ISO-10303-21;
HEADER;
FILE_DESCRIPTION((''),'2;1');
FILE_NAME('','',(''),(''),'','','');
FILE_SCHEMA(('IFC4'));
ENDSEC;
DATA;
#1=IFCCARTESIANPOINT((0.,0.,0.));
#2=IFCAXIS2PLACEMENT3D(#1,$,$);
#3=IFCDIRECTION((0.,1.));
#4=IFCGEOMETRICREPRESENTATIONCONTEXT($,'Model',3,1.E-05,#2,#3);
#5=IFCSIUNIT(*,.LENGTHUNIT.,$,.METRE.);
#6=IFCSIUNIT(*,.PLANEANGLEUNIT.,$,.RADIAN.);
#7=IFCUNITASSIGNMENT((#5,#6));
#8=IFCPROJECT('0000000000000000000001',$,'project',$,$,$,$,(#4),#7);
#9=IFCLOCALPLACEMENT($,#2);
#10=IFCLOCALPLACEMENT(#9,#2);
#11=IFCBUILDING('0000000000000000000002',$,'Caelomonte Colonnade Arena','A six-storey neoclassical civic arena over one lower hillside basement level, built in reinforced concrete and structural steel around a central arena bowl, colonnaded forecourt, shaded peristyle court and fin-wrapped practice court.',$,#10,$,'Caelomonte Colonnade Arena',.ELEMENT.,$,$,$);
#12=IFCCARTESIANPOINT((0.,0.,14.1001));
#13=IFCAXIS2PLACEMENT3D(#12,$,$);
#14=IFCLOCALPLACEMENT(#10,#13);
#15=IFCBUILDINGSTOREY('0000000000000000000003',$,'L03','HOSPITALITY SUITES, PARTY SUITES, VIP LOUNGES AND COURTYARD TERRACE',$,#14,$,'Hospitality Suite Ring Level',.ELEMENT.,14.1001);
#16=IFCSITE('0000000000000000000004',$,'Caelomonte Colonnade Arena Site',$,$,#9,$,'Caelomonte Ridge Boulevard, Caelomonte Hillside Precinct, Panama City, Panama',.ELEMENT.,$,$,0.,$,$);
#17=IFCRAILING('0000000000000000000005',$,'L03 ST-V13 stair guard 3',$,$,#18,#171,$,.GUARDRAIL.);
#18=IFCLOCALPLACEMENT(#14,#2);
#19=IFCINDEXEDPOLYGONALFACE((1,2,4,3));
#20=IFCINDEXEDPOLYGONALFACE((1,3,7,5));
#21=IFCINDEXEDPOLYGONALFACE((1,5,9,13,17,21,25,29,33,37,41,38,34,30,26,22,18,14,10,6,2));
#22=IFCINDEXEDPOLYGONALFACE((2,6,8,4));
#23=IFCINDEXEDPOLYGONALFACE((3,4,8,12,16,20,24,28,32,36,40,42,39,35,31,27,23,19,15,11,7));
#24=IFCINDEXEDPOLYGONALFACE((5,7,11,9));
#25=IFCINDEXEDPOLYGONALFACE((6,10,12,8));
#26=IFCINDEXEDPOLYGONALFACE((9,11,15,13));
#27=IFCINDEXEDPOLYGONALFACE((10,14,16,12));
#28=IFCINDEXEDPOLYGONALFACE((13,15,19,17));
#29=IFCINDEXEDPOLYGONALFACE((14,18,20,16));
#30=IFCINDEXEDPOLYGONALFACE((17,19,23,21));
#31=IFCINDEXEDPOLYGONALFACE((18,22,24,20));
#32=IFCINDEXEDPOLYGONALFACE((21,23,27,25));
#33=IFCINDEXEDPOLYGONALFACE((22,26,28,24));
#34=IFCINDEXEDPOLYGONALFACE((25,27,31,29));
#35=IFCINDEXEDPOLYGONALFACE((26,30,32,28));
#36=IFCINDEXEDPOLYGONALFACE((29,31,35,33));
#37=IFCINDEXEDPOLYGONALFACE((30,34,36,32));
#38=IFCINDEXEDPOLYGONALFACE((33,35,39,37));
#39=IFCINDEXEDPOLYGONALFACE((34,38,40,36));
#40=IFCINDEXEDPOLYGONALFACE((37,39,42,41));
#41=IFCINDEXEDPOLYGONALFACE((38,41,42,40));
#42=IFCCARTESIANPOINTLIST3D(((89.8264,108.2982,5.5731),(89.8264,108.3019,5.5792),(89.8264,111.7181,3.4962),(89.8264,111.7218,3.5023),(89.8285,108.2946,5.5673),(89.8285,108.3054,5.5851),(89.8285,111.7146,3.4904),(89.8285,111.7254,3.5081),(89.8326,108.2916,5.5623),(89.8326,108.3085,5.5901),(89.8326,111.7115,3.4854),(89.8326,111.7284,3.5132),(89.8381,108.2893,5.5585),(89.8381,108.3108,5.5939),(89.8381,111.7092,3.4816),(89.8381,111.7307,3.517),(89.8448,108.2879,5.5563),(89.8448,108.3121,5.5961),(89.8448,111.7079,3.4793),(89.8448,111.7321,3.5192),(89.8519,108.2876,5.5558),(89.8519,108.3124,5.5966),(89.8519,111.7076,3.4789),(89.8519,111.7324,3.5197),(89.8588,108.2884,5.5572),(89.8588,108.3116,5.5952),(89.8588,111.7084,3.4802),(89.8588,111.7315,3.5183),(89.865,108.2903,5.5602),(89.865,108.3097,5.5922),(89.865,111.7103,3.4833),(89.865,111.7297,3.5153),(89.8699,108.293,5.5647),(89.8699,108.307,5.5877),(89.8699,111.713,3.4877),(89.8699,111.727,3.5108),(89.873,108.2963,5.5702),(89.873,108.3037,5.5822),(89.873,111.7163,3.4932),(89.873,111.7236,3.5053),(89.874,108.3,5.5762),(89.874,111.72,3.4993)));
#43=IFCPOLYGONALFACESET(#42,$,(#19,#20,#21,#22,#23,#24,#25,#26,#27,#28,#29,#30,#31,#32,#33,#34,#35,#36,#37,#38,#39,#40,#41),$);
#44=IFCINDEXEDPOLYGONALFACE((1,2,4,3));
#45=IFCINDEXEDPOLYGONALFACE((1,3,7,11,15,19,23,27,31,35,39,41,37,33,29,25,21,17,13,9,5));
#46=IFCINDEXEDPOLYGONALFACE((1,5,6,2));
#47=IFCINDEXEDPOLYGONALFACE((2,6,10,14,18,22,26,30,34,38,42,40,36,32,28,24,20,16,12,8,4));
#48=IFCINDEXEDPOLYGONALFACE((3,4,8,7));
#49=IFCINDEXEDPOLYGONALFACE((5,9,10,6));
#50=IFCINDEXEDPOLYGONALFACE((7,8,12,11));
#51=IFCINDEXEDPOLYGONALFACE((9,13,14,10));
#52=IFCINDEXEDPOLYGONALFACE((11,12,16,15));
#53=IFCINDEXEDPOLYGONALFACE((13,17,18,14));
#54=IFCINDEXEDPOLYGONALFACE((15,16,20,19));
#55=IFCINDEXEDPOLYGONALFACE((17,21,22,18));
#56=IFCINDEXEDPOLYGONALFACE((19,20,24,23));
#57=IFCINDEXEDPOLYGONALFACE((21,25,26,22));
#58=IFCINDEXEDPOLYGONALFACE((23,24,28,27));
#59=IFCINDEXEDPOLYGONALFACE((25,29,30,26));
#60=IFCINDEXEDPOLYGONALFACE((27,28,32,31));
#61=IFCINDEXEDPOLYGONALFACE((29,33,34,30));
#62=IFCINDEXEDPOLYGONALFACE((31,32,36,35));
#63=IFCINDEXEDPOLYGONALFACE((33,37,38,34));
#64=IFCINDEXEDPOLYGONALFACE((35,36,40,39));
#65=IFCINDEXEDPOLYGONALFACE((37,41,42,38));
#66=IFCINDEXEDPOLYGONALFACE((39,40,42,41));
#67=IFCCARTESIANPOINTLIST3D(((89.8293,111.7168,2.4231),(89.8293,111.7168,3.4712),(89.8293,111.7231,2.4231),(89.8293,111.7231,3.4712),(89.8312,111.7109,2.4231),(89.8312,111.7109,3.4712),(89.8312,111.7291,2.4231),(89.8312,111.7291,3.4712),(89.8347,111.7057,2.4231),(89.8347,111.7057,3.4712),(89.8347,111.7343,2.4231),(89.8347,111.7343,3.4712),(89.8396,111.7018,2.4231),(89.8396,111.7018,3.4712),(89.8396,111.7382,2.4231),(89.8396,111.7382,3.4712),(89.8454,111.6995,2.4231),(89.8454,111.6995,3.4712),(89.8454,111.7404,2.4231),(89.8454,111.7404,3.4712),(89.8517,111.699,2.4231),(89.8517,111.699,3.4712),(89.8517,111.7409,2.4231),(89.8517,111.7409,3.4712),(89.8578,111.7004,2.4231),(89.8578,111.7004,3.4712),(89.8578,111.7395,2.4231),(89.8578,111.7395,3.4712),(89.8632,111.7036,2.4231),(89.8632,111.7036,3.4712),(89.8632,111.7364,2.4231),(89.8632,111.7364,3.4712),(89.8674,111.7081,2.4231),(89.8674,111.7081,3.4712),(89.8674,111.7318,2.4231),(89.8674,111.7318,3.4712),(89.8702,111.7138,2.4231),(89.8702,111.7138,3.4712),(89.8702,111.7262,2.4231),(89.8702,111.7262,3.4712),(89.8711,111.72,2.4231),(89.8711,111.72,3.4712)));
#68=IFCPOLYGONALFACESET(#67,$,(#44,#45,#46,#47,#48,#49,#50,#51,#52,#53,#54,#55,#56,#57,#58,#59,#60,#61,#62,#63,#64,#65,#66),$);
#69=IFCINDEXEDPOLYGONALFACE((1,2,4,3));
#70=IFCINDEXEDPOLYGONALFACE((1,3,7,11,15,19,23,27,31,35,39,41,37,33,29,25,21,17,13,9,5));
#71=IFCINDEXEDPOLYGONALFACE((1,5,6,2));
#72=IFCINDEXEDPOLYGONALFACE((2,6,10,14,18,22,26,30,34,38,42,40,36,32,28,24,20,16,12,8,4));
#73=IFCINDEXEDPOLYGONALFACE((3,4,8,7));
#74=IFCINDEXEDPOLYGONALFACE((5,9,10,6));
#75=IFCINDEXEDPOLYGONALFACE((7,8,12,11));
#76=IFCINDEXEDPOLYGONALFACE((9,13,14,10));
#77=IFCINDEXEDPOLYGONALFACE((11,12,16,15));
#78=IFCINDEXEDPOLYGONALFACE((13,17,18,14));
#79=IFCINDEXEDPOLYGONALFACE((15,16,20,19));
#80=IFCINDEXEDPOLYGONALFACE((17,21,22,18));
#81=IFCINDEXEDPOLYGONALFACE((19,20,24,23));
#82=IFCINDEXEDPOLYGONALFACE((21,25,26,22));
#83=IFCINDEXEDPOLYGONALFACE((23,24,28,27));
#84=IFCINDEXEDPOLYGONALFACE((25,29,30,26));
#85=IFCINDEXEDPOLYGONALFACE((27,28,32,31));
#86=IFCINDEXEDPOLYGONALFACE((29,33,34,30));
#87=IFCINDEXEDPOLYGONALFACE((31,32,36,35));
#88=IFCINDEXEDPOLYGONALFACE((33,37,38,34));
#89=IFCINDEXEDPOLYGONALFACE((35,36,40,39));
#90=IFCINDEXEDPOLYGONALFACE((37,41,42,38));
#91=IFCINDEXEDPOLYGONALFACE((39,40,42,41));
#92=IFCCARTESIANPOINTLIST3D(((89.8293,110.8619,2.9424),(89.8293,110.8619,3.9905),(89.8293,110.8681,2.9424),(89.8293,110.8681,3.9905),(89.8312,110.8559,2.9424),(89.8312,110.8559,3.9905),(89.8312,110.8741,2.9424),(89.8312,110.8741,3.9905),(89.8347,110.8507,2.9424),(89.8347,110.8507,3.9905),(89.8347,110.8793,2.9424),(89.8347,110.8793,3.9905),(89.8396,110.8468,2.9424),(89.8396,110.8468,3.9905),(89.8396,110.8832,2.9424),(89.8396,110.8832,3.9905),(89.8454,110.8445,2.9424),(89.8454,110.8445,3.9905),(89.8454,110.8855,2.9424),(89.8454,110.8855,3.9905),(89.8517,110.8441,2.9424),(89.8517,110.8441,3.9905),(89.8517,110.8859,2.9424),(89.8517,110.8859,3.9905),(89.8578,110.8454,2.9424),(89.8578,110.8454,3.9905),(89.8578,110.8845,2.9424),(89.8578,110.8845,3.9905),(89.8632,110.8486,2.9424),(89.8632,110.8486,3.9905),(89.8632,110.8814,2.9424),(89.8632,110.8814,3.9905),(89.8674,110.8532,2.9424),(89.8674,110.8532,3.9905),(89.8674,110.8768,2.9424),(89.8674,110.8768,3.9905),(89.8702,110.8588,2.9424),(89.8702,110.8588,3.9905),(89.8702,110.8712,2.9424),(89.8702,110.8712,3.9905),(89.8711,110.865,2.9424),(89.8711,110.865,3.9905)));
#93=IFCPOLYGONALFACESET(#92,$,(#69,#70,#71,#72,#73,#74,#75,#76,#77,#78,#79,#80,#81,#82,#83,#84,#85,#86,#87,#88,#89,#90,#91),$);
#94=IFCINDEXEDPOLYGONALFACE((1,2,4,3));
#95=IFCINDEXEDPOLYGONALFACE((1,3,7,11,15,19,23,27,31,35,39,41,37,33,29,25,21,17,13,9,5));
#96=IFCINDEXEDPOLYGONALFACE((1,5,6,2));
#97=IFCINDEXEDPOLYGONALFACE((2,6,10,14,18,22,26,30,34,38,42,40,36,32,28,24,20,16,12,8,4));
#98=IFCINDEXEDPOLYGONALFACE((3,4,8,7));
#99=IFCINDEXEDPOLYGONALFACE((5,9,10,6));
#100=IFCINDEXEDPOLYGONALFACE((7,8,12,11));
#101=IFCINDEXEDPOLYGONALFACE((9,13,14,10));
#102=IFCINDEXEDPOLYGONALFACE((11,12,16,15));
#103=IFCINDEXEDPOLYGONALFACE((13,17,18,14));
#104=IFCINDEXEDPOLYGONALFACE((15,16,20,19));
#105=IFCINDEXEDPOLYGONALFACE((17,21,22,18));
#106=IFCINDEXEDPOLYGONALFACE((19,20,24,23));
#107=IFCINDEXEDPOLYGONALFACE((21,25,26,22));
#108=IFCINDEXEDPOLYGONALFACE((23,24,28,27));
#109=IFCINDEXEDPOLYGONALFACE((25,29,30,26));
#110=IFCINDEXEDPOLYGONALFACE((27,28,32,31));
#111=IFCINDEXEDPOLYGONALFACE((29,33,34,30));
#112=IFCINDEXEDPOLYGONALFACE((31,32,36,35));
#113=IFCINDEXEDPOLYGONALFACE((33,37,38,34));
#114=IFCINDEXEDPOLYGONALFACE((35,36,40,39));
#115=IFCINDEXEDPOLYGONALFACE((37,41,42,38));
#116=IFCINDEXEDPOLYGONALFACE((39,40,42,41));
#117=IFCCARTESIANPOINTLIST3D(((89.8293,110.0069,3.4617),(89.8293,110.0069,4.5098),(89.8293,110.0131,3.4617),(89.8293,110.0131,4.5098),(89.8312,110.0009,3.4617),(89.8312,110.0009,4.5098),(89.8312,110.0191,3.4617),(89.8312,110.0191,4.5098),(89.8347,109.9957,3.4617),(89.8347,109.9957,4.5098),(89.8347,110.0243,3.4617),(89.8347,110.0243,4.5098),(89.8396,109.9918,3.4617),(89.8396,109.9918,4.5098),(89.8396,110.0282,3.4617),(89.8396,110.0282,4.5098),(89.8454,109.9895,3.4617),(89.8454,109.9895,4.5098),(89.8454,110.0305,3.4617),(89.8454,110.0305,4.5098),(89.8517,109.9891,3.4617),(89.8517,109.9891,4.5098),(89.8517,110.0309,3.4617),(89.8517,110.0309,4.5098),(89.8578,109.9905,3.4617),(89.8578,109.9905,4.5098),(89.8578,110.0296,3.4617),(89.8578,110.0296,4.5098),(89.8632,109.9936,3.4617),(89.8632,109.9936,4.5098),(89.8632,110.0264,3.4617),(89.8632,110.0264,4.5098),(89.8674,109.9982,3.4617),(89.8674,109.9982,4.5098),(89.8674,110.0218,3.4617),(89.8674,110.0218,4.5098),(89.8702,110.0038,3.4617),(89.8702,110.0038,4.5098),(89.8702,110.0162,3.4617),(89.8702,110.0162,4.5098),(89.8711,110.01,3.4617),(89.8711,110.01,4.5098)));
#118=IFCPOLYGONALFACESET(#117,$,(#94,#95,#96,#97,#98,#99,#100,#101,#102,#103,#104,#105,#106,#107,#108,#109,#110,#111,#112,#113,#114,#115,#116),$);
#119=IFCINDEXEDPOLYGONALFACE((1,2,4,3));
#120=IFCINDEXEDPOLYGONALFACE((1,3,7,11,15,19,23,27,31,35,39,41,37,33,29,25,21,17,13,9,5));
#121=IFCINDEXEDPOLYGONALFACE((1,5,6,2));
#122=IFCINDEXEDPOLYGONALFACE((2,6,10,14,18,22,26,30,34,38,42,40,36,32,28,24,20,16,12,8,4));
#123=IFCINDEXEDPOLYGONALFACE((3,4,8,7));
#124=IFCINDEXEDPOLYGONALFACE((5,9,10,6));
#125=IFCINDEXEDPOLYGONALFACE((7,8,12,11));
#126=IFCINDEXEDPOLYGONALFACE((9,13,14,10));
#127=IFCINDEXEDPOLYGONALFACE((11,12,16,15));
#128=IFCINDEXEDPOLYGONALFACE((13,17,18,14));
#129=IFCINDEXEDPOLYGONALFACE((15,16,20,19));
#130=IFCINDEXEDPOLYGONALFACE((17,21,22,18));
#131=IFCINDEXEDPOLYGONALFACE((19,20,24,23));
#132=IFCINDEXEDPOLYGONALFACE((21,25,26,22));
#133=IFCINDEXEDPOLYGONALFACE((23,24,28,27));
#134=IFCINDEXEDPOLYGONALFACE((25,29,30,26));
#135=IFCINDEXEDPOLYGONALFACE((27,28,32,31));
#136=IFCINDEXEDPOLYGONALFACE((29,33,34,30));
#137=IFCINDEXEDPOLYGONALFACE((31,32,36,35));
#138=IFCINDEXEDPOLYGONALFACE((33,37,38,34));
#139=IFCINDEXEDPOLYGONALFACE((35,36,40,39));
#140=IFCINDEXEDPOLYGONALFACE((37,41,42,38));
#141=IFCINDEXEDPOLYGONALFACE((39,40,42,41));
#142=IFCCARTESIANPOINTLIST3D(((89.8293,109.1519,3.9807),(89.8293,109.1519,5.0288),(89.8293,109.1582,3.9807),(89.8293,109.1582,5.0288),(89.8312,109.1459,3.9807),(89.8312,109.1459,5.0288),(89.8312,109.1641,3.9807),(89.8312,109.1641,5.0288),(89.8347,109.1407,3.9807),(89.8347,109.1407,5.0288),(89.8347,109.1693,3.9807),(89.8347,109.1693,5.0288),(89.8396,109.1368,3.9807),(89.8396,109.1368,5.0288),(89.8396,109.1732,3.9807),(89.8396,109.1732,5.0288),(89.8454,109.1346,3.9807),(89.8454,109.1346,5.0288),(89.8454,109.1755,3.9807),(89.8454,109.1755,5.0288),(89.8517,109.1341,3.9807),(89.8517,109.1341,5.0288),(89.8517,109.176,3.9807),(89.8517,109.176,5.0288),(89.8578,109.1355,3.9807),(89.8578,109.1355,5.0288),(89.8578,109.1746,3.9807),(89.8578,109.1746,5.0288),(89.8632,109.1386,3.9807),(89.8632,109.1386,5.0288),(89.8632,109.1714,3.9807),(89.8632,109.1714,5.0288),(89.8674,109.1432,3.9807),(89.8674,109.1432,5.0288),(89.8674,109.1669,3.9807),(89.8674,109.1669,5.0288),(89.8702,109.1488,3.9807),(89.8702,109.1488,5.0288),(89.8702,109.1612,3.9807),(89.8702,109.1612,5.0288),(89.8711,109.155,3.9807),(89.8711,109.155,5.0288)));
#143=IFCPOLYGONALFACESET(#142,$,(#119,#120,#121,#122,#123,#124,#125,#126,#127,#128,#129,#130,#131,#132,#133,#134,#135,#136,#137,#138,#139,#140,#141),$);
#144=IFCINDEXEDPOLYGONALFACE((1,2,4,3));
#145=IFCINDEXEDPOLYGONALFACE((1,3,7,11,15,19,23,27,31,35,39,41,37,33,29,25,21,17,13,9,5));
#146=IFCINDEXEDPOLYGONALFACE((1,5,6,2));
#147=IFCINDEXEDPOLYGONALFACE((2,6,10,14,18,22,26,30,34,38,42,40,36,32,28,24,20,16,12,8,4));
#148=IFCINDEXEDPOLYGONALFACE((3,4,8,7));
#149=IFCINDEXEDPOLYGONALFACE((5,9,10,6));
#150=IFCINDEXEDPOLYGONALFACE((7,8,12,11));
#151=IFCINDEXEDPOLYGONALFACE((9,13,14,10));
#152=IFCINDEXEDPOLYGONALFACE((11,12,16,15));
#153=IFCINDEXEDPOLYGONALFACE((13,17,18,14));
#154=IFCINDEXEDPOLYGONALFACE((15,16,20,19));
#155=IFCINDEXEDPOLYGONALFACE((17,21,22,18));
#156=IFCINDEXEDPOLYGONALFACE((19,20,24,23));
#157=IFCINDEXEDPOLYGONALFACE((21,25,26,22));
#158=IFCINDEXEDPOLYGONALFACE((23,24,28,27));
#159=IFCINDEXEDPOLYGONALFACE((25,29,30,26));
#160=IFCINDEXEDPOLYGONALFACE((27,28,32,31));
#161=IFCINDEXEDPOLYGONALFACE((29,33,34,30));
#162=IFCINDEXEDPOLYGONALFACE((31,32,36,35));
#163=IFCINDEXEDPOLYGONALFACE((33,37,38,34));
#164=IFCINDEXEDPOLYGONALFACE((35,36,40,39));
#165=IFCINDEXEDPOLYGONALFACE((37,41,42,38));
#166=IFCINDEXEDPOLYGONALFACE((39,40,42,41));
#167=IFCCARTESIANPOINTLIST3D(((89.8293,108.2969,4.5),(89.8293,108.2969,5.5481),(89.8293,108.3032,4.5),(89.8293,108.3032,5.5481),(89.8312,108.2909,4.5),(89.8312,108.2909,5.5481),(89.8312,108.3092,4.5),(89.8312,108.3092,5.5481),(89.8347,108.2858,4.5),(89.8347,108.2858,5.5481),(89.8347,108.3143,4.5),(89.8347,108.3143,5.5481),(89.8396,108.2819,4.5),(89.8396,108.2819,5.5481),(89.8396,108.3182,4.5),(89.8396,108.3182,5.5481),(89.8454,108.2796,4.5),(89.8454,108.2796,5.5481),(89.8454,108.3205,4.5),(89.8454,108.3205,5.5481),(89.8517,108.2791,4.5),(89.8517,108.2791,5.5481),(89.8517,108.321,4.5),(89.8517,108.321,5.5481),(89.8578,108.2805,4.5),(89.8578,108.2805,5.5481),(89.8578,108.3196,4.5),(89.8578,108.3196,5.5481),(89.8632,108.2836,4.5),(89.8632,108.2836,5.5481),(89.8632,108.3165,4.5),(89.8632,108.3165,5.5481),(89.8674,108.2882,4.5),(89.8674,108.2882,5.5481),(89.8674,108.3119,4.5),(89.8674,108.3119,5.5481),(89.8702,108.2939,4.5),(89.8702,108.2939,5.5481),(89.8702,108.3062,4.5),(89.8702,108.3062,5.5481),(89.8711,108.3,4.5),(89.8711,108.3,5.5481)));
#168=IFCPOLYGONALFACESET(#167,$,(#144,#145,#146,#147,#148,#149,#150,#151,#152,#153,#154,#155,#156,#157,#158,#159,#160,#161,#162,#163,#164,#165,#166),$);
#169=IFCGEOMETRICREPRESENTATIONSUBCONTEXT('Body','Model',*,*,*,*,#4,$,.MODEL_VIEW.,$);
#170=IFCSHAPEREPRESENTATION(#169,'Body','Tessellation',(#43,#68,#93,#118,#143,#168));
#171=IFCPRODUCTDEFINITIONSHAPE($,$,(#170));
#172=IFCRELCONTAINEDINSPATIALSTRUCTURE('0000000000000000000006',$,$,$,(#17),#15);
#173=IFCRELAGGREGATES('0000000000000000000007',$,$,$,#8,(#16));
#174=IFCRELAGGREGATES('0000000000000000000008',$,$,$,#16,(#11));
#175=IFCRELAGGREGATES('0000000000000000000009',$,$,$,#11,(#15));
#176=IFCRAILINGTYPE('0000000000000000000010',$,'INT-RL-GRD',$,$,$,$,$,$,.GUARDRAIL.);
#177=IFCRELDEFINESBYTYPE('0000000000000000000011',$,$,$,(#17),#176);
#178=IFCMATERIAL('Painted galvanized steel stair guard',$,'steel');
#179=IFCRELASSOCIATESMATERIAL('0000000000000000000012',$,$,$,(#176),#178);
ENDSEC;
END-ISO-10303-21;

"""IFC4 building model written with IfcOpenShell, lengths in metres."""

from ifc_helpers import new_model, si_unit, direction, frame, origin, origin_2d, place, context, subcontext, project, spatial, circle, extrude, material, type_object, element, save


model = new_model("IFC4")

# Units and contexts
model_context = context("Model", 3, precision=1e-05, world=origin(), true_north=direction((0.0, 1.0)))
body_context = subcontext(model_context, "Body", "Model", "MODEL_VIEW")
ifc_project = project(units=[si_unit("LENGTHUNIT", "METRE"), si_unit("PLANEANGLEUNIT", "RADIAN")], contexts=[model_context])

# Site, building, storey
site_placement = place(None, origin())
site = spatial("IfcSite", under=ifc_project, at=site_placement, Name="Caelomonte Colonnade Arena Site", LongName="Caelomonte Ridge Boulevard, Caelomonte Hillside Precinct, Panama City, Panama", CompositionType="ELEMENT", RefElevation=0.0)
building_placement = place(site_placement, origin())
building = spatial("IfcBuilding", under=site, at=building_placement, Name="Caelomonte Colonnade Arena", Description="A six-storey neoclassical civic arena over one lower hillside basement level, built in reinforced concrete and structural steel around a central arena bowl, colonnaded forecourt, shaded peristyle court and fin-wrapped practice court.", LongName="Caelomonte Colonnade Arena", CompositionType="ELEMENT")
storey_placement = place(building_placement, frame((0.0, 0.0, 14.1001)))
storey = spatial("IfcBuildingStorey", under=building, at=storey_placement, Name="L03", Description="HOSPITALITY SUITES, PARTY SUITES, VIP LOUNGES AND COURTYARD TERRACE", LongName="Hospitality Suite Ring Level", CompositionType="ELEMENT", Elevation=14.1001)

# Railing
ifc_material_1 = material(Name="Painted galvanized steel stair guard", Category="steel")
railing_type_1 = type_object("IfcRailingType", Name="INT-RL-GRD", PredefinedType="GUARDRAIL", material=ifc_material_1)
railing_1_placement = place(storey_placement, frame((89.8501, 111.72, 2.4231)))
element("IfcRailing", 1, at=railing_1_placement, inside=storey, type_object=railing_type_1, Name="L03 ST-V13 stair guard 3", PredefinedType="GUARDRAIL", context=body_context, shape_type="SweptSolid", body=[
    extrude(circle(Radius=0.0239, at=origin_2d()), frame((0.0, 0.0, 1.0762), z_axis=(0.0, -0.85473, 0.519074), x_axis=(1.0, 0.0, 0.0)), (0.0, 0.0, 1.0), 4.0012),
    extrude(circle(Radius=0.021, at=origin_2d()), origin(), (0.0, 0.0, 1.0), 1.0481),
    extrude(circle(Radius=0.021, at=origin_2d()), frame((0.0, -0.855, 0.5193)), (0.0, 0.0, 1.0), 1.0481),
    extrude(circle(Radius=0.021, at=origin_2d()), frame((0.0, -1.71, 1.0386)), (0.0, 0.0, 1.0), 1.0481),
    extrude(circle(Radius=0.021, at=origin_2d()), frame((0.0, -2.5649, 1.5576)), (0.0, 0.0, 1.0), 1.0481),
    extrude(circle(Radius=0.021, at=origin_2d()), frame((0.0, -3.4199, 2.0769)), (0.0, 0.0, 1.0), 1.0481),
])

save(model, "model.ifc")
